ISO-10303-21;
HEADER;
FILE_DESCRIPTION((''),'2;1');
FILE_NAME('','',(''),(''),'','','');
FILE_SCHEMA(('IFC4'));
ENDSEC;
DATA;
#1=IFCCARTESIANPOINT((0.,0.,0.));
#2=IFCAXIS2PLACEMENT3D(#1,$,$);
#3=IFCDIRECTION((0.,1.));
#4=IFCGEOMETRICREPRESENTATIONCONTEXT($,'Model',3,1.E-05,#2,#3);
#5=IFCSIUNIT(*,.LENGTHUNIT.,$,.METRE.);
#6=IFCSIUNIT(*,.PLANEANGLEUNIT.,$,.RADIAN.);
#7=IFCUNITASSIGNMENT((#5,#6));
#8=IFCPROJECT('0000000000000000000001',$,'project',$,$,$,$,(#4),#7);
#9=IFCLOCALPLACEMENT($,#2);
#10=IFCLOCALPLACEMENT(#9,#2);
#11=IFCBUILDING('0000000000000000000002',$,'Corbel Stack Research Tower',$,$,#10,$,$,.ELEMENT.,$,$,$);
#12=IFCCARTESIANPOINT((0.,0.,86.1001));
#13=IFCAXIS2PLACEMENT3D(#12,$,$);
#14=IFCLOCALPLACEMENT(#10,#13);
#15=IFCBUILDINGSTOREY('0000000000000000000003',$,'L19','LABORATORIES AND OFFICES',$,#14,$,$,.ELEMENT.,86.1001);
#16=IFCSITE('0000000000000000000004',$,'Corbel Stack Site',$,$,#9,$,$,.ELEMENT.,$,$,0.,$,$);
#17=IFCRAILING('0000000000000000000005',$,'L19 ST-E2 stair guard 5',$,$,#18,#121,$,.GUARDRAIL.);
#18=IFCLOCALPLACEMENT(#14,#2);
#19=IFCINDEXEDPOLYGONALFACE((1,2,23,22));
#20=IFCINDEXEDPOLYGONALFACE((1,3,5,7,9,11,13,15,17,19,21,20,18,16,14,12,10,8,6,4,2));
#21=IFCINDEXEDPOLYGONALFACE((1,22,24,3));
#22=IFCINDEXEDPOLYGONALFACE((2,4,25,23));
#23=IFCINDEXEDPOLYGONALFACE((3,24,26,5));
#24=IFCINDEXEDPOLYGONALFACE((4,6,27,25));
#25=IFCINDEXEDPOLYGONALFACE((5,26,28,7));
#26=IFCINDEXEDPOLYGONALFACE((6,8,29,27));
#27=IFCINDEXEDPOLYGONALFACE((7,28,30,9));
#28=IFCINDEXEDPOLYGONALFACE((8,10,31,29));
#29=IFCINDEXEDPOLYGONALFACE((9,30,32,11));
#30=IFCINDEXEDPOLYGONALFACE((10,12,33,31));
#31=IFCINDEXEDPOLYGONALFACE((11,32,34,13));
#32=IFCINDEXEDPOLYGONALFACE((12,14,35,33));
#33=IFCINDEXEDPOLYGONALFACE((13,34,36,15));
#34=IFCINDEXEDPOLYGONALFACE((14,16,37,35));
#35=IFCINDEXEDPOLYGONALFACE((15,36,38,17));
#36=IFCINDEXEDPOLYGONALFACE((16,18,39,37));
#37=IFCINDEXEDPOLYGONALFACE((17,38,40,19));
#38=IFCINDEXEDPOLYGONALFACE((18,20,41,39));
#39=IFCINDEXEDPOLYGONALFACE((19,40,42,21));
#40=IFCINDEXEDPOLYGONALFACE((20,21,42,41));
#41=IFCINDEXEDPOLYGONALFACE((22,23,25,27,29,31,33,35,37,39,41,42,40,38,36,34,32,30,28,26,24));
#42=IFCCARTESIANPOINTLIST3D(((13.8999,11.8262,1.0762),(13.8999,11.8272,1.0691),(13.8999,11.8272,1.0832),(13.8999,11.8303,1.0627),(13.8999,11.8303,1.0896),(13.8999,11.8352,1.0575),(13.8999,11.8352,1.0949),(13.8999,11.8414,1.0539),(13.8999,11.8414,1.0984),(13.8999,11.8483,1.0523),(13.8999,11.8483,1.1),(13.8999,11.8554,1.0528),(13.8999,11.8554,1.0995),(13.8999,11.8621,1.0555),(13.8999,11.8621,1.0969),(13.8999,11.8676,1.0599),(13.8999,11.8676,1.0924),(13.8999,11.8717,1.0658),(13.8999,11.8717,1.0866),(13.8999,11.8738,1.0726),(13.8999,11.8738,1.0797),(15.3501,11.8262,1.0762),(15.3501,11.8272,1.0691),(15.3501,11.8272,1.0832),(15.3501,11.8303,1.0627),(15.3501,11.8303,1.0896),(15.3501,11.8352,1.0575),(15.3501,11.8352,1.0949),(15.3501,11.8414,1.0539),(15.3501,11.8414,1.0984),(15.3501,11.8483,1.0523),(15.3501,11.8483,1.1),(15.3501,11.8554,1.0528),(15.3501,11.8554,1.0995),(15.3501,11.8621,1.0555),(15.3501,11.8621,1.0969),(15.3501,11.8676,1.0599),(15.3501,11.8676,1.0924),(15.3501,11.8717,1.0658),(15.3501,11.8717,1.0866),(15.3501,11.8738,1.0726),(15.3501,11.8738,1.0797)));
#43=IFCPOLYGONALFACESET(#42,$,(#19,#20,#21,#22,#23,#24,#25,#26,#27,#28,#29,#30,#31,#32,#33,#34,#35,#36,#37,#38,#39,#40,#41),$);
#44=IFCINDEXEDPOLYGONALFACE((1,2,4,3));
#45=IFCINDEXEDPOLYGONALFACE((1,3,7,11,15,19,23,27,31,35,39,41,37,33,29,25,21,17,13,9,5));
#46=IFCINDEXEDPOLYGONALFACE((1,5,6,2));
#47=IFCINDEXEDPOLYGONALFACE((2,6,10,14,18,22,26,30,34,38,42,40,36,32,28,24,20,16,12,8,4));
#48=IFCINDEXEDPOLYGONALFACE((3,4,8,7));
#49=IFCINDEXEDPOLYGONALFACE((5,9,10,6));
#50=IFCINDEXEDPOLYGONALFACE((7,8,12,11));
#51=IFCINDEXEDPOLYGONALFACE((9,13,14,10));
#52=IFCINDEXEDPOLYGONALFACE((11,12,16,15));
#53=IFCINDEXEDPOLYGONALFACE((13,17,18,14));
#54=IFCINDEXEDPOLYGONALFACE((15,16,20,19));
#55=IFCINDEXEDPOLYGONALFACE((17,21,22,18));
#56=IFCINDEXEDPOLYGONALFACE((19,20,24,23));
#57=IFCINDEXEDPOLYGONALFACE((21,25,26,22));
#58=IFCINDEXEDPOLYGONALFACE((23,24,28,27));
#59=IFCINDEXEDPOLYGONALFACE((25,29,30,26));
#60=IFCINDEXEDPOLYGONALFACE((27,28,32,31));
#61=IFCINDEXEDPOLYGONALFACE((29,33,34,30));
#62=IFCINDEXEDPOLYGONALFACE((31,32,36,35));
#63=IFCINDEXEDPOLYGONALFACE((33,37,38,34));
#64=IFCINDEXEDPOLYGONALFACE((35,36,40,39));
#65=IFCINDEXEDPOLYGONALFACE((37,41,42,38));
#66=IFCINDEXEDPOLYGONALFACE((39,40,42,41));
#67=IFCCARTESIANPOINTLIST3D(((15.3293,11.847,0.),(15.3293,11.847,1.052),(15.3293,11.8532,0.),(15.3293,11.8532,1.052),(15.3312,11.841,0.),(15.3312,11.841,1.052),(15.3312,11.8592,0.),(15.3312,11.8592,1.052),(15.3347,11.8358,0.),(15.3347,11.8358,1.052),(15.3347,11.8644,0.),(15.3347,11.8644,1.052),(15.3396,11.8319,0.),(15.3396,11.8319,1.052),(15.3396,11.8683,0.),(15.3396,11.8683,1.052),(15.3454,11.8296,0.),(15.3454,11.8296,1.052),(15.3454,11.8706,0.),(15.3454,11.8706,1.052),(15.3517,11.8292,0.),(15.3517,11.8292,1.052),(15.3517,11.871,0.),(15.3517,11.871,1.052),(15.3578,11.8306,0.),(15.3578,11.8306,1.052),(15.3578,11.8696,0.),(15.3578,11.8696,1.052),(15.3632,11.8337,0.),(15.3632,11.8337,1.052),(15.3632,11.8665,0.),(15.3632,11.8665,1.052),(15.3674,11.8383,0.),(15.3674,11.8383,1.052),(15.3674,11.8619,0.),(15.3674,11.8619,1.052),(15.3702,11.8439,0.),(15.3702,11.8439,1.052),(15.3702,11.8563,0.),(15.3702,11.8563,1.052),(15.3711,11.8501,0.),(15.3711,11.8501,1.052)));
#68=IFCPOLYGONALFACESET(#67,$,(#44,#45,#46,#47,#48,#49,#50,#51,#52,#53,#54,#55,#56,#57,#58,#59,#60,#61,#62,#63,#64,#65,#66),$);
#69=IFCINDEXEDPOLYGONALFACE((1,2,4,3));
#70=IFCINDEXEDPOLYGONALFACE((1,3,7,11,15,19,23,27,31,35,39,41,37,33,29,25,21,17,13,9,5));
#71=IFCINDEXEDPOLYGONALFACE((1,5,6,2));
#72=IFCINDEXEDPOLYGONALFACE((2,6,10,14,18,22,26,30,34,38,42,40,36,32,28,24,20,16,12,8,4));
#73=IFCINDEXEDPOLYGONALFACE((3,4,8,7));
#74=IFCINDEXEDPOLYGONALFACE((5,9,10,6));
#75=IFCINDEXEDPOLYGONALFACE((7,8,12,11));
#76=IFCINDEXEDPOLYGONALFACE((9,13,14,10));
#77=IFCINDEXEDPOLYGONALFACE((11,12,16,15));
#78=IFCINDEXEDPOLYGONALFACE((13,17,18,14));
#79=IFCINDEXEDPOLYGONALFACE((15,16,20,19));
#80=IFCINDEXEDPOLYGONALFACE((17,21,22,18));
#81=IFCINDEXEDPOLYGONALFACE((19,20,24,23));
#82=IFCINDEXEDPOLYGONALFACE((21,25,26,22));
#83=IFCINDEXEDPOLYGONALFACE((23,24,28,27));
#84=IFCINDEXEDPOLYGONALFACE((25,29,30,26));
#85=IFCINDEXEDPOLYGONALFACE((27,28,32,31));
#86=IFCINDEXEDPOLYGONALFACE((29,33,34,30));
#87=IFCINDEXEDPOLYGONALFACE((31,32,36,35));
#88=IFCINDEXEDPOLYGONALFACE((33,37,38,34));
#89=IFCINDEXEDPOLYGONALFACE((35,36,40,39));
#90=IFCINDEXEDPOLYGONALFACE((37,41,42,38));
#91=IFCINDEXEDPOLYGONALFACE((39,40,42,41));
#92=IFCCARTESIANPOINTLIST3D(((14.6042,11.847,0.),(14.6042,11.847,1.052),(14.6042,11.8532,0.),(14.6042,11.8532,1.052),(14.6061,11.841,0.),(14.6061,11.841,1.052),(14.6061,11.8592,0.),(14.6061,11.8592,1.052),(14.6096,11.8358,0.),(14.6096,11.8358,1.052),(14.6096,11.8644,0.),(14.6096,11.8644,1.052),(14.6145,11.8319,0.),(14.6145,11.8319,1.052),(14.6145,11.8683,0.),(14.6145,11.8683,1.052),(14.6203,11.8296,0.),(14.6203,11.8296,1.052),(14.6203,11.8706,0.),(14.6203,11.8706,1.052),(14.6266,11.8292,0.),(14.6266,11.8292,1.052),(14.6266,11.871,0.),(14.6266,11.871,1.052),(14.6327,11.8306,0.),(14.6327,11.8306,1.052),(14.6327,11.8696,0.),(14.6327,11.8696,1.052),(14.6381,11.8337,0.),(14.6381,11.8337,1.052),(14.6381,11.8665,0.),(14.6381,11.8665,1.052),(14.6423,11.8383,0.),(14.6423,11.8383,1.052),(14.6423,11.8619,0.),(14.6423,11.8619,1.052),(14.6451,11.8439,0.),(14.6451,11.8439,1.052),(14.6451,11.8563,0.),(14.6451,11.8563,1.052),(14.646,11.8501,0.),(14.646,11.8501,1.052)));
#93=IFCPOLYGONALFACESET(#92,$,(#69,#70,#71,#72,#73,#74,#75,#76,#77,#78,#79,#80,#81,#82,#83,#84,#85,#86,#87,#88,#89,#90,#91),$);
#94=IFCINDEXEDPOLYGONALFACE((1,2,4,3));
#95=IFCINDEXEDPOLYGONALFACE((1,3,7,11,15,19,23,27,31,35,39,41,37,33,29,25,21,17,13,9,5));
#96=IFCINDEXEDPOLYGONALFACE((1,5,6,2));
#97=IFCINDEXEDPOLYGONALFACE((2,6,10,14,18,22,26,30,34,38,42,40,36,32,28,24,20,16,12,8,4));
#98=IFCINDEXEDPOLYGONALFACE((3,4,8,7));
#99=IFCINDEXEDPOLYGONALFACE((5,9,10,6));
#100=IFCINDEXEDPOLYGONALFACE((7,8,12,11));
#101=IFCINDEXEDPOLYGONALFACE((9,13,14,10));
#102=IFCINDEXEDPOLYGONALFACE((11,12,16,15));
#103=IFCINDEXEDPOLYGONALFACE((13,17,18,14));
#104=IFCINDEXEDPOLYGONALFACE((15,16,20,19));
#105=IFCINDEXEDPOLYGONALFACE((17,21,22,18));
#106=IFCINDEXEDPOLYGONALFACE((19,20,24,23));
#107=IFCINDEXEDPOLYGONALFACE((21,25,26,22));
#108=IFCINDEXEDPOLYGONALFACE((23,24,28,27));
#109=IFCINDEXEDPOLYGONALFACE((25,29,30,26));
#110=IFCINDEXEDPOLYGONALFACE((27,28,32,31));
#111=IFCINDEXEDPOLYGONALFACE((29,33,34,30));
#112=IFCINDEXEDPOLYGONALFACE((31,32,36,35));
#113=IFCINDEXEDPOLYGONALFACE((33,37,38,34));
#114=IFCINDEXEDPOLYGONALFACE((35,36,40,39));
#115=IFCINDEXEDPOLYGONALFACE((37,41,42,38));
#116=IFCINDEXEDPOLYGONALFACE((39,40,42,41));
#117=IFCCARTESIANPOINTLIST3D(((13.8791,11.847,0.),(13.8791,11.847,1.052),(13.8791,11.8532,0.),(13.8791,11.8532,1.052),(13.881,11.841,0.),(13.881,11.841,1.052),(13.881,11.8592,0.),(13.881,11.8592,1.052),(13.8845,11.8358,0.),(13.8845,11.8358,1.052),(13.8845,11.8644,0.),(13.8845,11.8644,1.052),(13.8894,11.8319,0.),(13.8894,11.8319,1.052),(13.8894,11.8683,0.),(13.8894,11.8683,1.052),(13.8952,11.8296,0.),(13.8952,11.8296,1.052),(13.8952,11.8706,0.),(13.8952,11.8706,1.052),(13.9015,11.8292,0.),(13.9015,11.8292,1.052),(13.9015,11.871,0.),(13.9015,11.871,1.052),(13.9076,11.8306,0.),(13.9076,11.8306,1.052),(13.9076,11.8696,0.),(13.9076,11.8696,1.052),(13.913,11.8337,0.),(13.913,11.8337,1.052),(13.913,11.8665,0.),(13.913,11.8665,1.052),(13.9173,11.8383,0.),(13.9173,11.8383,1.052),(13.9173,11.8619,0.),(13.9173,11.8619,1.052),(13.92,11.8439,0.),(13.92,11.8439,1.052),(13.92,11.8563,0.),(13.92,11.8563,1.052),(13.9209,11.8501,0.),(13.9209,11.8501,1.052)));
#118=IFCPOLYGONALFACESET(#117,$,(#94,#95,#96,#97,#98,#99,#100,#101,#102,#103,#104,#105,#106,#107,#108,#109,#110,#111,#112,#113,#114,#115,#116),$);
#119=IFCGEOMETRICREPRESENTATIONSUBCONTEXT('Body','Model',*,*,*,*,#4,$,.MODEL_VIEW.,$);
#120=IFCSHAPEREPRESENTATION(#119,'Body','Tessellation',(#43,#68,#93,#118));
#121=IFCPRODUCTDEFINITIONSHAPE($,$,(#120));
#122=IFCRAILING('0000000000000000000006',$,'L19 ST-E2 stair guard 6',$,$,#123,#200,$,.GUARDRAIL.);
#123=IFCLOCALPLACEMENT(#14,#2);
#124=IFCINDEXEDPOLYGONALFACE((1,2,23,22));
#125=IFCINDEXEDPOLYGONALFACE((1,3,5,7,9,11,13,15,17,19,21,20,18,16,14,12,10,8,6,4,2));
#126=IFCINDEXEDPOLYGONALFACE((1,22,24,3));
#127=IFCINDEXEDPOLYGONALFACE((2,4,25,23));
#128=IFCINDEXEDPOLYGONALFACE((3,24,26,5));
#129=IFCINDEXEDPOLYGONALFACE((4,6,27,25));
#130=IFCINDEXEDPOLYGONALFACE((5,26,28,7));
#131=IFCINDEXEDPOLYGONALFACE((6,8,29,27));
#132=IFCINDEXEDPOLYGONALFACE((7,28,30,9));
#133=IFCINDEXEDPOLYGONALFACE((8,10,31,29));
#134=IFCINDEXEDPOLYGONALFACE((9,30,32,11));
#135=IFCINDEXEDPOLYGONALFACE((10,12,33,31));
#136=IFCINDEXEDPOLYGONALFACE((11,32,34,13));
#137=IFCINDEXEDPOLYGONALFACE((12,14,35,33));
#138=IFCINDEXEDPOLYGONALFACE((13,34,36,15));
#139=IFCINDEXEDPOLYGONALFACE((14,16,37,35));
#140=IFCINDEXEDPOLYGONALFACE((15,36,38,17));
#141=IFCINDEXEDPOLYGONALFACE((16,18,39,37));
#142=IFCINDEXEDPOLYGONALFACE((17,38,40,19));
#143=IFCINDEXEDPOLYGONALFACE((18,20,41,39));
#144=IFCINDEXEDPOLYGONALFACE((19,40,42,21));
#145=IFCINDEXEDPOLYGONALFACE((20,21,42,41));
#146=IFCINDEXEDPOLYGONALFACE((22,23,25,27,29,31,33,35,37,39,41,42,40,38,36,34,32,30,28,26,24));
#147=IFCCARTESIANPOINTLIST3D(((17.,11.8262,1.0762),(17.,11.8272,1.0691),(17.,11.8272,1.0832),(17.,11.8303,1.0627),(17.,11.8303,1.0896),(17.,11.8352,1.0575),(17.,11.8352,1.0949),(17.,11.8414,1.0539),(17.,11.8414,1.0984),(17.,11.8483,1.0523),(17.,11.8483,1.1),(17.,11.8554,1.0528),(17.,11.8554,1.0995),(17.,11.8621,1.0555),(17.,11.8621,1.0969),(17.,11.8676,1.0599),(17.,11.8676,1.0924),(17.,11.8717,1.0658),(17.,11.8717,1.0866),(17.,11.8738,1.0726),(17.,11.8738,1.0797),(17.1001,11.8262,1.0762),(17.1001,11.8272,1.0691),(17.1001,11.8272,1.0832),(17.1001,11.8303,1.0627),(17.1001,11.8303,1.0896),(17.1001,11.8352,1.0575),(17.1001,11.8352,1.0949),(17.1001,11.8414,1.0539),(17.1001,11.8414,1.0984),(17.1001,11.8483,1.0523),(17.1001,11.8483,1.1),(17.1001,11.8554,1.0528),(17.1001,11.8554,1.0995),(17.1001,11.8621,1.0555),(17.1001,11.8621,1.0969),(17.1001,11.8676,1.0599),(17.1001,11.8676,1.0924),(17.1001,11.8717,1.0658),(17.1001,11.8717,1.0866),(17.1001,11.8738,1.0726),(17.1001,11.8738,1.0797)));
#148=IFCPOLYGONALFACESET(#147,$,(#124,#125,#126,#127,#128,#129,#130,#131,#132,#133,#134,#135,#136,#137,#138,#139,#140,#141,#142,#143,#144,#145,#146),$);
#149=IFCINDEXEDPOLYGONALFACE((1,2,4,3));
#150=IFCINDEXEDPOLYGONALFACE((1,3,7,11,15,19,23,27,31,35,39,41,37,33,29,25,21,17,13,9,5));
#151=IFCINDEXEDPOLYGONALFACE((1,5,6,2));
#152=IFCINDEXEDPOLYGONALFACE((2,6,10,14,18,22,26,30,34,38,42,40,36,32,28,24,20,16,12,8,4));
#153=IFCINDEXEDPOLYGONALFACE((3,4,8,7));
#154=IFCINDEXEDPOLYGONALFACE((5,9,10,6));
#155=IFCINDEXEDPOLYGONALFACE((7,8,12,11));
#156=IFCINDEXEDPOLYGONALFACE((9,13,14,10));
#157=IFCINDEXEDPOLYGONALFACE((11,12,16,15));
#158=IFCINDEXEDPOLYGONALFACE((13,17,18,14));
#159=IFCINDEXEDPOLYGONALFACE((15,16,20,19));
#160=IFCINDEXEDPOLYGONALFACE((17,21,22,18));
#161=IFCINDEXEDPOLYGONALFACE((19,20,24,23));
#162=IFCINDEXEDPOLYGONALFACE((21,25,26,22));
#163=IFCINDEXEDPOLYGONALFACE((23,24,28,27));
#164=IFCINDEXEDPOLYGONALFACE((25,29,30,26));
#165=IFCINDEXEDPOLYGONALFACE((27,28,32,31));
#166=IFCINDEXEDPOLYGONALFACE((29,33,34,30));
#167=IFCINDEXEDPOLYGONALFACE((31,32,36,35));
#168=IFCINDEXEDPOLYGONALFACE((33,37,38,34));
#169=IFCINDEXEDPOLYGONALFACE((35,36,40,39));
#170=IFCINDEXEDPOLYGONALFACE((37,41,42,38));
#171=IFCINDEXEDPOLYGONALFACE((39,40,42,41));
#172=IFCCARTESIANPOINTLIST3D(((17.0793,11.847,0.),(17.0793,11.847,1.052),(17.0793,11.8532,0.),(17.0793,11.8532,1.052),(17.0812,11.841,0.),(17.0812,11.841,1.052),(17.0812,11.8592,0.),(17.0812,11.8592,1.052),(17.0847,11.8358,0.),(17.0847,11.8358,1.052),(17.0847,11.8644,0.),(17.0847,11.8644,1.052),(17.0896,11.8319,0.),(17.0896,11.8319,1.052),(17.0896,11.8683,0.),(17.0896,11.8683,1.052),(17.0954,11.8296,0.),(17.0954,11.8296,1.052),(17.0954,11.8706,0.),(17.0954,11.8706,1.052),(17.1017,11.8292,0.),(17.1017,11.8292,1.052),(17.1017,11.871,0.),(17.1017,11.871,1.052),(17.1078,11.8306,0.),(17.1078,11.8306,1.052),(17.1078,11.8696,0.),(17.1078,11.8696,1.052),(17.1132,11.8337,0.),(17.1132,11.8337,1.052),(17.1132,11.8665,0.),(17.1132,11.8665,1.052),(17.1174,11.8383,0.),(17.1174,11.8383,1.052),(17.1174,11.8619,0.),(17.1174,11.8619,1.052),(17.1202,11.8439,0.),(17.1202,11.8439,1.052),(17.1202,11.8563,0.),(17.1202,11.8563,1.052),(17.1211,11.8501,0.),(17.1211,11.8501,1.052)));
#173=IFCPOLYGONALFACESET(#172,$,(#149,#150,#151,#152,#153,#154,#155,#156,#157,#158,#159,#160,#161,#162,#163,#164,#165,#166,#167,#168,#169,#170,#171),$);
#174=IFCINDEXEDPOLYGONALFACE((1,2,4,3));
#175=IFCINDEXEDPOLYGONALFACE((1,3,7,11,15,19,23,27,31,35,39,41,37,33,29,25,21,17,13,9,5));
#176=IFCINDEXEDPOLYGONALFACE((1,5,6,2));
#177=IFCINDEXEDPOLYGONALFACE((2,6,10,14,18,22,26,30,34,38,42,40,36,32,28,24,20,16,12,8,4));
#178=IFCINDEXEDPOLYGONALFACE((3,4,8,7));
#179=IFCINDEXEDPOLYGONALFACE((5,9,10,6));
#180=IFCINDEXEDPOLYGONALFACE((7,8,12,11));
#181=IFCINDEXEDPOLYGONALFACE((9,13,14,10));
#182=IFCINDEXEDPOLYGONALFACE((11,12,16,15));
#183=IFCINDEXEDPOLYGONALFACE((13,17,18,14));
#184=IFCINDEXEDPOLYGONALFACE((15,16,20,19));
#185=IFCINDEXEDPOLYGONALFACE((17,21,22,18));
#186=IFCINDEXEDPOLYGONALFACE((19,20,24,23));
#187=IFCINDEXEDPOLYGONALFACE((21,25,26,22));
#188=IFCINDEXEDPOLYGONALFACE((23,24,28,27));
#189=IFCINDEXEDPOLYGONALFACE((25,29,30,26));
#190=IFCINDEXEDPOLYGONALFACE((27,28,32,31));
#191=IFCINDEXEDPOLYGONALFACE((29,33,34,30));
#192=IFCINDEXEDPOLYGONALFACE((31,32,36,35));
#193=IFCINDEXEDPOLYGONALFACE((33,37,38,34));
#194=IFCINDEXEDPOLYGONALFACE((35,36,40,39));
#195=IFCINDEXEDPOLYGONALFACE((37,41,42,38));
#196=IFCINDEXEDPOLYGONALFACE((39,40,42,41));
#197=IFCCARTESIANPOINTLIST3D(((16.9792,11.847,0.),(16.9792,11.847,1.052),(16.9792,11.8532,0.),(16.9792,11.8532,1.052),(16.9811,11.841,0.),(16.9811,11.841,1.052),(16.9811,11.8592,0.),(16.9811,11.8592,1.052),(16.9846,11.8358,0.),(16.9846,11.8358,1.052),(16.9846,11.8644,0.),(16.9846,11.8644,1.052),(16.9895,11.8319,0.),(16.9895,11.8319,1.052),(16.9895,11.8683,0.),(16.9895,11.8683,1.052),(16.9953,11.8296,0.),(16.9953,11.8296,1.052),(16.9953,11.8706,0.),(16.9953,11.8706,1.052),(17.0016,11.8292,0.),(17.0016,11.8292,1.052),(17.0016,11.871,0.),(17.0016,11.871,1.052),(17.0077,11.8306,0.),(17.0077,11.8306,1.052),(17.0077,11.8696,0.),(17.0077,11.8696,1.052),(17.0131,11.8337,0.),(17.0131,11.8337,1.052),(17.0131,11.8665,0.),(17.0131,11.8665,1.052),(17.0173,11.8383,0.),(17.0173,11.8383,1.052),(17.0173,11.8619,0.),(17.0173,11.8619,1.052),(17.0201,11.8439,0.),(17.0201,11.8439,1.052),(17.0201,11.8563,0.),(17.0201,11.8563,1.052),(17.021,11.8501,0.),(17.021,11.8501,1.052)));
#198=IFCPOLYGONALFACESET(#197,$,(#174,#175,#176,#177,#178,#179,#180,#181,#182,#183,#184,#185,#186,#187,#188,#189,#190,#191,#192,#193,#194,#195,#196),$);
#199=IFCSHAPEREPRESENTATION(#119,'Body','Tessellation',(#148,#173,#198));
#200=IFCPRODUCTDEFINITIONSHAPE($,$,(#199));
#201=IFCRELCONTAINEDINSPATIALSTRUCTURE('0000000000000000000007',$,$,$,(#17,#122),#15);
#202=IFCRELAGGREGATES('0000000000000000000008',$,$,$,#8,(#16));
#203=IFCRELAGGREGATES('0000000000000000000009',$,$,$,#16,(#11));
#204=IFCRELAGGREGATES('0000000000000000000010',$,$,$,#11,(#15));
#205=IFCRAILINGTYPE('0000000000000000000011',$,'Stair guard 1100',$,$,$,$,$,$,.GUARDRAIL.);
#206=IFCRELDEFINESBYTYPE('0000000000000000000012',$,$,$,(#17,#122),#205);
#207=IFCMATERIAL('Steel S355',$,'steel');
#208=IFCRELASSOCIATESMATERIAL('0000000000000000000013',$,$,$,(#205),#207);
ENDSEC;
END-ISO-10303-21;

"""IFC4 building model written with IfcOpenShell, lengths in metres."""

from ifc_helpers import new_model, si_unit, direction, frame, origin, origin_2d, place, context, subcontext, project, spatial, circle, extrude, material, type_object, element, save


model = new_model("IFC4")

# Units and contexts
model_context = context("Model", 3, precision=1e-05, world=origin(), true_north=direction((0.0, 1.0)))
body_context = subcontext(model_context, "Body", "Model", "MODEL_VIEW")
ifc_project = project(units=[si_unit("LENGTHUNIT", "METRE"), si_unit("PLANEANGLEUNIT", "RADIAN")], contexts=[model_context])

# Site, building, storey
site_placement = place(None, origin())
site = spatial("IfcSite", under=ifc_project, at=site_placement, Name="Corbel Stack Site", CompositionType="ELEMENT", RefElevation=0.0)
building_placement = place(site_placement, origin())
building = spatial("IfcBuilding", under=site, at=building_placement, Name="Corbel Stack Research Tower", CompositionType="ELEMENT")
storey_placement = place(building_placement, frame((0.0, 0.0, 86.1001)))
storey = spatial("IfcBuildingStorey", under=building, at=storey_placement, Name="L19", Description="LABORATORIES AND OFFICES", CompositionType="ELEMENT", Elevation=86.1001)

# Railings
ifc_material_1 = material(Name="Steel S355", Category="steel")
railing_type_1 = type_object("IfcRailingType", Name="Stair guard 1100", PredefinedType="GUARDRAIL", material=ifc_material_1)
railing_1_placement = place(storey_placement, frame((15.3501, 11.8501, 0.0)))
element("IfcRailing", 1, at=railing_1_placement, inside=storey, type_object=railing_type_1, Name="L19 ST-E2 stair guard 5", PredefinedType="GUARDRAIL", context=body_context, shape_type="SweptSolid", body=[
    extrude(circle(Radius=0.0239, at=origin_2d()), frame((0.0, 0.0, 1.0762), z_axis=(-1.0, 0.0, 0.0), x_axis=(0.0, -1.0, 0.0)), (0.0, 0.0, 1.0), 1.4502),
    extrude(circle(Radius=0.021, at=origin_2d()), origin(), (0.0, 0.0, 1.0), 1.052),
    extrude(circle(Radius=0.021, at=origin_2d()), frame((-0.7251, 0.0, 0.0)), (0.0, 0.0, 1.0), 1.052),
    extrude(circle(Radius=0.021, at=origin_2d()), frame((-1.4502, 0.0, 0.0)), (0.0, 0.0, 1.0), 1.052),
])
railing_2_placement = place(storey_placement, frame((17.1001, 11.8501, 0.0)))
element("IfcRailing", 2, at=railing_2_placement, inside=storey, type_object=railing_type_1, Name="L19 ST-E2 stair guard 6", PredefinedType="GUARDRAIL", context=body_context, shape_type="SweptSolid", body=[
    extrude(circle(Radius=0.0239, at=origin_2d()), frame((0.0, 0.0, 1.0762), z_axis=(-1.0, 0.0, 0.0), x_axis=(0.0, -1.0, 0.0)), (0.0, 0.0, 1.0), 0.1001),
    extrude(circle(Radius=0.021, at=origin_2d()), origin(), (0.0, 0.0, 1.0), 1.052),
    extrude(circle(Radius=0.021, at=origin_2d()), frame((-0.1001, 0.0, 0.0)), (0.0, 0.0, 1.0), 1.052),
])

save(model, "model.ifc")
